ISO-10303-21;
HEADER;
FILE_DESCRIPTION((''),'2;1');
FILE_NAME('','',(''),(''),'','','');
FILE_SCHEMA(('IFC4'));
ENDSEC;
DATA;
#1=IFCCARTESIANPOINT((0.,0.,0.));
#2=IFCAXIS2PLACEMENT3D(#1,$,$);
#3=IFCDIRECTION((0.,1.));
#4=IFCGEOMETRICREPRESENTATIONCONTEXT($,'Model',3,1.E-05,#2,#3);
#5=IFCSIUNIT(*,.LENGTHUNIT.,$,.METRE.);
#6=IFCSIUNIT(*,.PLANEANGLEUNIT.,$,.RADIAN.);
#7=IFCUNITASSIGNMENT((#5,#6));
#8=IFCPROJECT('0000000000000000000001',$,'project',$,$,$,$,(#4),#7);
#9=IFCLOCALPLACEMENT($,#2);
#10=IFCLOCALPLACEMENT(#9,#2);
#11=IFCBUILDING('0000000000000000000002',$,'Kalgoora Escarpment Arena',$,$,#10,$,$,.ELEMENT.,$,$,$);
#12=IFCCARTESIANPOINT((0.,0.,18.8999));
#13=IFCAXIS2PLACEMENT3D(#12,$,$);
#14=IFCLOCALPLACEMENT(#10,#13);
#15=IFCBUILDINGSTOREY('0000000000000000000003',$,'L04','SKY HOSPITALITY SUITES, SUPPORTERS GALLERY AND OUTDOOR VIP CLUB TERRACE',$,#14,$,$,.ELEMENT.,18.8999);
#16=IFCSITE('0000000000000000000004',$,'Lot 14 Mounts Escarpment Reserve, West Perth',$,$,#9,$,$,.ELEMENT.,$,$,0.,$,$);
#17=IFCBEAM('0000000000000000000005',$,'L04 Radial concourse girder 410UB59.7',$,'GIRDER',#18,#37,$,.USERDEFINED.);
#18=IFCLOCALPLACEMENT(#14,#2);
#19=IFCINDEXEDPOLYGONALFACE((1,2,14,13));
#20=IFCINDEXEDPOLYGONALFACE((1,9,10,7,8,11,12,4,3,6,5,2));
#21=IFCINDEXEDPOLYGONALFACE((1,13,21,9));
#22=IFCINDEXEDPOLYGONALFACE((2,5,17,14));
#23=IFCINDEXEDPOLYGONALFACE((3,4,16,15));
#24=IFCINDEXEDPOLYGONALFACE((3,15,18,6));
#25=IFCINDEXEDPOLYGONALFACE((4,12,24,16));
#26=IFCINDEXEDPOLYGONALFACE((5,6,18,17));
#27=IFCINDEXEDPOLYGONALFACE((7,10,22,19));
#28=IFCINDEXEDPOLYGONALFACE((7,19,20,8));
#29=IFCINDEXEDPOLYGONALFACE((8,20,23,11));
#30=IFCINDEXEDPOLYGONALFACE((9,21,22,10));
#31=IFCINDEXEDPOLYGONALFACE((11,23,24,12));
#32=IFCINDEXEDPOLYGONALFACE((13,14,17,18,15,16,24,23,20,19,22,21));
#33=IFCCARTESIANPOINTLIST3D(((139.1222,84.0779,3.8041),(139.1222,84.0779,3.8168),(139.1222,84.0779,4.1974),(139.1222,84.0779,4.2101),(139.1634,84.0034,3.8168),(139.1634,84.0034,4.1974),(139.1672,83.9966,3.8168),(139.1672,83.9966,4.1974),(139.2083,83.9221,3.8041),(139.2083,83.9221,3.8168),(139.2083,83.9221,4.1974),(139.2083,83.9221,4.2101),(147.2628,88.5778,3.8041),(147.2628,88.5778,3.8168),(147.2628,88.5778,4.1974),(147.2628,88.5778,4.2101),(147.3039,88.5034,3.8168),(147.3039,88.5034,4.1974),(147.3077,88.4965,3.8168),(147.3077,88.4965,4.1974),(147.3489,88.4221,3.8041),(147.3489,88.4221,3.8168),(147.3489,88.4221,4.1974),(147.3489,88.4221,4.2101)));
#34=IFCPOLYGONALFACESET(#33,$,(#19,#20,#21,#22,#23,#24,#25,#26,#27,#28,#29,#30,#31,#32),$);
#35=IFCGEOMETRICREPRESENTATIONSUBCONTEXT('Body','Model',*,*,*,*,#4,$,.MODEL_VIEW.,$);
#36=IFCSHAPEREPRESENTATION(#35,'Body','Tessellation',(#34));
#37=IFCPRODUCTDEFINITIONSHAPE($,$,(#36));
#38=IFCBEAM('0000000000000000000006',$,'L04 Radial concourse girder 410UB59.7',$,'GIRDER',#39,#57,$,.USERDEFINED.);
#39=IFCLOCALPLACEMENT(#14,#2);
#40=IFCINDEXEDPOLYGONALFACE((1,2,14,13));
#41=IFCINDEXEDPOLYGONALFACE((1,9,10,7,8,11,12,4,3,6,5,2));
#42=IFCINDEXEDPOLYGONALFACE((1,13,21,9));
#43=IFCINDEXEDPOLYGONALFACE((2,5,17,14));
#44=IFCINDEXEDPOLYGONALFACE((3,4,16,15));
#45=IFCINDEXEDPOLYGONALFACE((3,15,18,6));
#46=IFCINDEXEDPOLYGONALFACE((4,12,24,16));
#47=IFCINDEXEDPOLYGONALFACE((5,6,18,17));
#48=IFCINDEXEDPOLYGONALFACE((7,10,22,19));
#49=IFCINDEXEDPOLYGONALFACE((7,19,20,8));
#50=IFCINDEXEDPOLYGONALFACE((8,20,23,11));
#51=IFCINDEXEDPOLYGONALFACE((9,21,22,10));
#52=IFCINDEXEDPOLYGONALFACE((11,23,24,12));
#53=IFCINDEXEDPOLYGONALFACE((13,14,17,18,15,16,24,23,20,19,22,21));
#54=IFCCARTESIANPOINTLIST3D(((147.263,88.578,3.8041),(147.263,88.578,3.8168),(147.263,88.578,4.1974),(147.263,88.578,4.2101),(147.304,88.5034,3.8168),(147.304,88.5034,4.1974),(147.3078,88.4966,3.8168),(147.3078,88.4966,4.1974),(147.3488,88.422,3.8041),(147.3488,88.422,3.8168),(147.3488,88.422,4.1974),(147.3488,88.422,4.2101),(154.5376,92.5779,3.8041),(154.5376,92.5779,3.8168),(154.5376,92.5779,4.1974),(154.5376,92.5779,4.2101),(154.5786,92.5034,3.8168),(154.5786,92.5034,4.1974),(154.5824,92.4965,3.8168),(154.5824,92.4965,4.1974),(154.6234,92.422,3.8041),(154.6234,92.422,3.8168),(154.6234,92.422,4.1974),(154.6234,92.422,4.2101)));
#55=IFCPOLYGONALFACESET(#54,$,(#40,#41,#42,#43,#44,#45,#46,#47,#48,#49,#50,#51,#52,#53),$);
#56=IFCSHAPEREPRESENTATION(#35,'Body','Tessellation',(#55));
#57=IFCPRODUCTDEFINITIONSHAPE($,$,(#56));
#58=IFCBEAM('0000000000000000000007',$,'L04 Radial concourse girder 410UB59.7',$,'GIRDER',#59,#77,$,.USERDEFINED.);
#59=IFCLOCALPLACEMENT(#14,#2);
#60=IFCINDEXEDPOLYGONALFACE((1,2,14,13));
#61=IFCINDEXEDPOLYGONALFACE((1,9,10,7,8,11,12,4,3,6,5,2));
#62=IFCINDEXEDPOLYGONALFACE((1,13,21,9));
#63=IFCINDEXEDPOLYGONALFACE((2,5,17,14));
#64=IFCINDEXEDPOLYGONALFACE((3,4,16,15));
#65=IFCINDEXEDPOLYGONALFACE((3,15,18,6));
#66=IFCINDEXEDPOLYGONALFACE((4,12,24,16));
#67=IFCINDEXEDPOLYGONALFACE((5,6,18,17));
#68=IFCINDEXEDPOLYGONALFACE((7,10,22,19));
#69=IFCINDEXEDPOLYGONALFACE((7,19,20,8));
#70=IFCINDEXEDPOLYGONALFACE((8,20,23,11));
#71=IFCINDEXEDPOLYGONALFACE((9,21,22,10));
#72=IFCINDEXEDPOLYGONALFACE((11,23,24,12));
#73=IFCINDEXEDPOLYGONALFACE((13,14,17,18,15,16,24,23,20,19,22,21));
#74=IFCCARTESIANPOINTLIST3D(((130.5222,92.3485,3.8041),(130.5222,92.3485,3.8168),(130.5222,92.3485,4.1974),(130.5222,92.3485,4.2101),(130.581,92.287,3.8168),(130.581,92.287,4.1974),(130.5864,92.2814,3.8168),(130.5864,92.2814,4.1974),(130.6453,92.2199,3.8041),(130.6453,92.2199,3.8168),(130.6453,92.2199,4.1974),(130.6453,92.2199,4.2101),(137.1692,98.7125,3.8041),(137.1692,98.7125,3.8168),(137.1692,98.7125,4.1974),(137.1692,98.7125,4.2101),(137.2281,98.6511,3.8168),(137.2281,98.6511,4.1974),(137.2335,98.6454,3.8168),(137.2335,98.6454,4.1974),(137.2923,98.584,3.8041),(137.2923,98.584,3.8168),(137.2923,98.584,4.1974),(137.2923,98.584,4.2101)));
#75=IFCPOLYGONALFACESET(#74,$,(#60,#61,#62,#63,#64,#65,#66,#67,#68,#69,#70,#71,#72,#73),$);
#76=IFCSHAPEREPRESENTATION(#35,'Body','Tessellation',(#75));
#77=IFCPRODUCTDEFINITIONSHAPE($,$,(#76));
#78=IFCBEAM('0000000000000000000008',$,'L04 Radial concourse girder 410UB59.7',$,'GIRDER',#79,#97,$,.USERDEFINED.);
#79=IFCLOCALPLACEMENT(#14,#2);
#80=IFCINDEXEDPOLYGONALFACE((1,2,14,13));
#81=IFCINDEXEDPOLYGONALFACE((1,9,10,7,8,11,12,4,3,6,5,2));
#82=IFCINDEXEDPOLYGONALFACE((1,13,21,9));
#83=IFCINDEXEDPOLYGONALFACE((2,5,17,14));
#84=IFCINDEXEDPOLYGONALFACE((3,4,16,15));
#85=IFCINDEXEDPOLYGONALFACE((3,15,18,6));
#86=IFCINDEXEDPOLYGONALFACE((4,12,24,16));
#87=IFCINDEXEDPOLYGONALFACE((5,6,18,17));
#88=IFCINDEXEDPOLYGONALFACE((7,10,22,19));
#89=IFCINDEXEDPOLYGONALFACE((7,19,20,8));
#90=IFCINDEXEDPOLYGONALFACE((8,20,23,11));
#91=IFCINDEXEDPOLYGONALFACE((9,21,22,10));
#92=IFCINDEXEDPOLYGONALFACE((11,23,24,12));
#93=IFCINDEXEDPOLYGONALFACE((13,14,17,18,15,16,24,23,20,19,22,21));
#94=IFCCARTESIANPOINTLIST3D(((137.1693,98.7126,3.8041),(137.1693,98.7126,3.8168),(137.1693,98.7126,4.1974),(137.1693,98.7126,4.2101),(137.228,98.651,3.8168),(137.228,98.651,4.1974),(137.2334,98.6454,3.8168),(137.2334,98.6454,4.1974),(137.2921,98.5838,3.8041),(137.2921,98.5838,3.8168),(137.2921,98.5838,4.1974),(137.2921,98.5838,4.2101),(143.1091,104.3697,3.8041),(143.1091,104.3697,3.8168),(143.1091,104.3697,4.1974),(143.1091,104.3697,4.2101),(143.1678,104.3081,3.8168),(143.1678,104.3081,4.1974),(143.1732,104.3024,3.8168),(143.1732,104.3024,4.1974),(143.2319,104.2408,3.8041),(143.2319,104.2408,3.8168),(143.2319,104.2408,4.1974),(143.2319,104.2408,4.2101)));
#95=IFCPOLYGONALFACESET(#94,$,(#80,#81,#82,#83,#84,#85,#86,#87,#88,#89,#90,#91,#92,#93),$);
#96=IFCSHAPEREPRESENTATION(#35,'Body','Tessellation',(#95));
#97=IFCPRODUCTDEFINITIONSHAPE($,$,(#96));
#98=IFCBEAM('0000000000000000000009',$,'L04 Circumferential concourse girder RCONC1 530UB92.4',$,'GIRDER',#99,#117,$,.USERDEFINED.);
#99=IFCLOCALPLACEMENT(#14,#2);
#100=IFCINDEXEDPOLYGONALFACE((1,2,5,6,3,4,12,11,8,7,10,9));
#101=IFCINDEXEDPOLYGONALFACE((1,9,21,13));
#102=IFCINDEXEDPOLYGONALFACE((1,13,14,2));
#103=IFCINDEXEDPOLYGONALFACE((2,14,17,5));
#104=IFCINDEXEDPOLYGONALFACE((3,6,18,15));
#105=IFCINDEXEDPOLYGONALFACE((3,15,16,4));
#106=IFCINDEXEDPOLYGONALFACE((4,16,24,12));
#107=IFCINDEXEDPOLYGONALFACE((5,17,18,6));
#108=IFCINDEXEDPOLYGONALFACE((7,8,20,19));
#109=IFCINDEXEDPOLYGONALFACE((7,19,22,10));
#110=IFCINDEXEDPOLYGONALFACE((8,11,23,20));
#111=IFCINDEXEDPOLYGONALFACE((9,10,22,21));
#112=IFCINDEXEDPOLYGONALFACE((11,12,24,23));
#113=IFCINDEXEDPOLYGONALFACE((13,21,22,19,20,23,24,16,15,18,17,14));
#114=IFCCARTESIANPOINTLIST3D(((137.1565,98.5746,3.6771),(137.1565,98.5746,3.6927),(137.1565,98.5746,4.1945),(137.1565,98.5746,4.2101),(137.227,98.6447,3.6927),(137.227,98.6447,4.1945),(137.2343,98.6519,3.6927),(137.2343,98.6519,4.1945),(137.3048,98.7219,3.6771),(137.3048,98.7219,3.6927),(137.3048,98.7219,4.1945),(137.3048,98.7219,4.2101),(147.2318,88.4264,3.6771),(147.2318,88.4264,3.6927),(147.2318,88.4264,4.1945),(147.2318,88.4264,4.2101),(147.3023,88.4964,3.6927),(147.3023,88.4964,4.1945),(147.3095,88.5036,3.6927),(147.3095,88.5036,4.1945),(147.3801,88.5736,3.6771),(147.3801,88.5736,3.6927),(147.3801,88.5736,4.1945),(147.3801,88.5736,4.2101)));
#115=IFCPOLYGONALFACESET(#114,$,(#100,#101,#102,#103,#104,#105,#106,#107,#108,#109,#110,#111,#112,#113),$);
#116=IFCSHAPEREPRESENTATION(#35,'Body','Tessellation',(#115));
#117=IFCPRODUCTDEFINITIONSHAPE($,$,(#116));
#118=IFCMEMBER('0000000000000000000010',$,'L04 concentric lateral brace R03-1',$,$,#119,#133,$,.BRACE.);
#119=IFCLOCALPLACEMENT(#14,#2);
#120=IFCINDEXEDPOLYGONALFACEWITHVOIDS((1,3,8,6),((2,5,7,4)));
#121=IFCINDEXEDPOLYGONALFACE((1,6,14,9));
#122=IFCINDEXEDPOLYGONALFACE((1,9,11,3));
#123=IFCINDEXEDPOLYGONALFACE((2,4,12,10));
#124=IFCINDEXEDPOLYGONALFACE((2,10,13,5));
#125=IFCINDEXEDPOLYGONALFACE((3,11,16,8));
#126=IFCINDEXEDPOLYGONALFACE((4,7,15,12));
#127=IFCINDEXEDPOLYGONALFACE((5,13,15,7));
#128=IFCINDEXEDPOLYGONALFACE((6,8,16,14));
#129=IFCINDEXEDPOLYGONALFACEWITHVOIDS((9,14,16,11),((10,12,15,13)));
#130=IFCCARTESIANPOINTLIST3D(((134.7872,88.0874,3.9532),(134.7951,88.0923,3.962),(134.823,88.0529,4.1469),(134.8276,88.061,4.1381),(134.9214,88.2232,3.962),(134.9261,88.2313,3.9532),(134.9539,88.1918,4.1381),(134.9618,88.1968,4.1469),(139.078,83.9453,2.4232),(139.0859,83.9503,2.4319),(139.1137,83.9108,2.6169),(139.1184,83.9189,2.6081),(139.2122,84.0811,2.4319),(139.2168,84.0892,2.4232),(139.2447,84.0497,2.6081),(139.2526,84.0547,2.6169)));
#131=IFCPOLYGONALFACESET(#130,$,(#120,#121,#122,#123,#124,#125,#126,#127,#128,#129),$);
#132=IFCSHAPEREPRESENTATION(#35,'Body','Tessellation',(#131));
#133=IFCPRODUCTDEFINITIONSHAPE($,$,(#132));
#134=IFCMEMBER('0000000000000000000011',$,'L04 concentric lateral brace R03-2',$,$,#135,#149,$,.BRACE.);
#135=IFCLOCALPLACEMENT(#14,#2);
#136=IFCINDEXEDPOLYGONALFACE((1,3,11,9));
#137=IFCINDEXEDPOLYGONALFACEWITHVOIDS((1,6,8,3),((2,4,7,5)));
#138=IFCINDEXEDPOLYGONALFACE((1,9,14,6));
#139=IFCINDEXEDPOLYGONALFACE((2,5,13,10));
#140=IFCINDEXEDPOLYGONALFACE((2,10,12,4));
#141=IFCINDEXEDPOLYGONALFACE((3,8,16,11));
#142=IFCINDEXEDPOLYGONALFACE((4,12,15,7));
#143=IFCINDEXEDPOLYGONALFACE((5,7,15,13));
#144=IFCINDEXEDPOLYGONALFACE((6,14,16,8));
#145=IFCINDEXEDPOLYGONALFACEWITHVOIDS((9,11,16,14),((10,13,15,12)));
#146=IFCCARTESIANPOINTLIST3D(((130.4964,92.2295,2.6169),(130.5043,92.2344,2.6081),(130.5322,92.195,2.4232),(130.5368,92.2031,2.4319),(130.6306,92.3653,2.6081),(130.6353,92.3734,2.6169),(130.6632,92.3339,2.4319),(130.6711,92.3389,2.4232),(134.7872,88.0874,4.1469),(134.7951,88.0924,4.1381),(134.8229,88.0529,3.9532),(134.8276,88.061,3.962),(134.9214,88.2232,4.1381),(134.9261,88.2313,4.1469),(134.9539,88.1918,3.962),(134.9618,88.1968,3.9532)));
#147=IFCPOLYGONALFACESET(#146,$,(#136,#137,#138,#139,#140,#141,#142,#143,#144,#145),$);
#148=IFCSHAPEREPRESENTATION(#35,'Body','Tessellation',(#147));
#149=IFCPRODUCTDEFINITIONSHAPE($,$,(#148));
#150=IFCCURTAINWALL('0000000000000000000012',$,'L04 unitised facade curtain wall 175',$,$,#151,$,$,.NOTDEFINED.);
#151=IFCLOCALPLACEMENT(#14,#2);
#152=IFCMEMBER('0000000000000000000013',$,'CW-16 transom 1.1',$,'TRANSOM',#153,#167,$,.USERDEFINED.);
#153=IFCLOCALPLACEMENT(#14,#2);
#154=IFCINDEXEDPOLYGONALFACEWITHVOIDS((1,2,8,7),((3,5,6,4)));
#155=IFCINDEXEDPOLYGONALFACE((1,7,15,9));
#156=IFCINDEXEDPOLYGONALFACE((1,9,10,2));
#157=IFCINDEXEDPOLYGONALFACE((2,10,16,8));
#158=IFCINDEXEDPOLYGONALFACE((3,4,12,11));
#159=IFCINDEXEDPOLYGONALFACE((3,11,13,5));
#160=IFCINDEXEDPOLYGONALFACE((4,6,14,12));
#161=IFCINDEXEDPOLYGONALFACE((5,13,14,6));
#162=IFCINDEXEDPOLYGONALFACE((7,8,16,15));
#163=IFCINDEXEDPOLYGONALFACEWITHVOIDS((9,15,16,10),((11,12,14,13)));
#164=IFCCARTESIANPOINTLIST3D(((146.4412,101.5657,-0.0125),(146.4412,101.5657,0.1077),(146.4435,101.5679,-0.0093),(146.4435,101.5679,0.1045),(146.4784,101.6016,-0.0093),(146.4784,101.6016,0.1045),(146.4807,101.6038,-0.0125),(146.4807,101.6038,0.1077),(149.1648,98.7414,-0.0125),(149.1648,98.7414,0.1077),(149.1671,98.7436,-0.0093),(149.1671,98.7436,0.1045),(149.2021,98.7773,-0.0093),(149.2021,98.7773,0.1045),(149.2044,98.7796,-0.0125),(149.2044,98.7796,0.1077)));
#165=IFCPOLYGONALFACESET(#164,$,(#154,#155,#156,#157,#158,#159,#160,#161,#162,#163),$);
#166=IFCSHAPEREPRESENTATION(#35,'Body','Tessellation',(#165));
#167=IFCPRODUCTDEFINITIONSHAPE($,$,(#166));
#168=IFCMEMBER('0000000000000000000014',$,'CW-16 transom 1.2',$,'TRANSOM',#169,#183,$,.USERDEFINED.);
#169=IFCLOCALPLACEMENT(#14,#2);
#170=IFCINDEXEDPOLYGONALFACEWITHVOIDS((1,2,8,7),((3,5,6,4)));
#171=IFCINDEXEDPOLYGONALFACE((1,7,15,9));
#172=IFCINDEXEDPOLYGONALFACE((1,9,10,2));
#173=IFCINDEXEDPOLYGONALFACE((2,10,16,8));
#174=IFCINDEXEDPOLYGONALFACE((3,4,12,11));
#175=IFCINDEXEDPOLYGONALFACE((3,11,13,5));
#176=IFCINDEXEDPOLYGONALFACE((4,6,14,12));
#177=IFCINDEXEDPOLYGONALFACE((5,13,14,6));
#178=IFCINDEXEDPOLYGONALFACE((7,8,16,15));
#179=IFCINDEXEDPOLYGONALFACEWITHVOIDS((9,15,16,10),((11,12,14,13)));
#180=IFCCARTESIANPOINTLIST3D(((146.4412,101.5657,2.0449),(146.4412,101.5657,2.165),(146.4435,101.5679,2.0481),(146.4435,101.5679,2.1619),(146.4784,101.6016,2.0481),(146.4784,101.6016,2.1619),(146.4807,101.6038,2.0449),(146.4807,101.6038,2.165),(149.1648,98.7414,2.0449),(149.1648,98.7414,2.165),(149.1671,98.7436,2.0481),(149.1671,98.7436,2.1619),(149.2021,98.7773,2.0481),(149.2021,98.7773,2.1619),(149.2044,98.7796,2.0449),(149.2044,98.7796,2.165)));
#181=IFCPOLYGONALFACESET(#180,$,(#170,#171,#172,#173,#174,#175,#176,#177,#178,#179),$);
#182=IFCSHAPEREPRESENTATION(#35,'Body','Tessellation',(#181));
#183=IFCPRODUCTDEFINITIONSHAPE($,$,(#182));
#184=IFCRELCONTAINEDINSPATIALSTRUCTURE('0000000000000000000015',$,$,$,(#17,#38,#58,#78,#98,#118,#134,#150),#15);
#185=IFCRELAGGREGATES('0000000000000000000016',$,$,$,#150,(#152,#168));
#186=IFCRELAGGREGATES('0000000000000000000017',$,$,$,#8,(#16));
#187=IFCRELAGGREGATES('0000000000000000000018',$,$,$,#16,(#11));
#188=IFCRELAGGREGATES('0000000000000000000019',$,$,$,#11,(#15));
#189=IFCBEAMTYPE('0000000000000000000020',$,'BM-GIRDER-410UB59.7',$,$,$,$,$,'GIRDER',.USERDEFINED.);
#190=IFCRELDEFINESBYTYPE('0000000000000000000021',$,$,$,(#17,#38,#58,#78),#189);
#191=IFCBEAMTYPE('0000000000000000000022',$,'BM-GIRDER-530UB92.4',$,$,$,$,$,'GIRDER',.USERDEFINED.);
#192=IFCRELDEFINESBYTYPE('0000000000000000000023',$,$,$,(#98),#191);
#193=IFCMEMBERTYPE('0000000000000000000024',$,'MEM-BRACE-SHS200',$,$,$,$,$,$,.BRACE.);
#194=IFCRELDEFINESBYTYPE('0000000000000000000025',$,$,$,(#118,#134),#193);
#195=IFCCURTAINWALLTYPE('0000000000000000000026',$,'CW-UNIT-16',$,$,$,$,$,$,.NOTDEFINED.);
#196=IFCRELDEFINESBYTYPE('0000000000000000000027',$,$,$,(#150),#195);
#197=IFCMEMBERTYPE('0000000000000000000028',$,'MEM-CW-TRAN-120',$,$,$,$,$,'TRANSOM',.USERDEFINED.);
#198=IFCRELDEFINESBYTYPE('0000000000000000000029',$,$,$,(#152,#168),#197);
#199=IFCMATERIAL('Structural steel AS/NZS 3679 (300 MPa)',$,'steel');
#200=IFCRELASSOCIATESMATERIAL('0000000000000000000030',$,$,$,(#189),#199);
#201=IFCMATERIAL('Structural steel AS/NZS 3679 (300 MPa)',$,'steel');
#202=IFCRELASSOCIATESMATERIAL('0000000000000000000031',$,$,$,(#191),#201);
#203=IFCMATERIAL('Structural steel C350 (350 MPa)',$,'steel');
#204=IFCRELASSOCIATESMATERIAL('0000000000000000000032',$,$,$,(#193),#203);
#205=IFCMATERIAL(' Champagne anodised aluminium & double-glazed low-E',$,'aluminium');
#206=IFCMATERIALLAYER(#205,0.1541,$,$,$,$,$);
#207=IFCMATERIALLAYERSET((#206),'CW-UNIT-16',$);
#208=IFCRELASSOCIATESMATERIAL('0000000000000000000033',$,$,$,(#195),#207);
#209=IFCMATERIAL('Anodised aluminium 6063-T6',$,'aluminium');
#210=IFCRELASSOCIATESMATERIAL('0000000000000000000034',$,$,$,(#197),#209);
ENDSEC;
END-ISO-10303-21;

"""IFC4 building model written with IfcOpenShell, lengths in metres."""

from ifc_helpers import new_model, si_unit, direction, frame, origin, origin_2d, place, context, subcontext, project, spatial, hollow_rectangle, i_section, extrude, material, layer, layer_set, material_profile, profile_set, type_object, element, aggregate, save


model = new_model("IFC4")

# Units and contexts
model_context = context("Model", 3, precision=1e-05, world=origin(), true_north=direction((0.0, 1.0)))
body_context = subcontext(model_context, "Body", "Model", "MODEL_VIEW")
ifc_project = project(units=[si_unit("LENGTHUNIT", "METRE"), si_unit("PLANEANGLEUNIT", "RADIAN")], contexts=[model_context])

# Site, building, storey
site_placement = place(None, origin())
site = spatial("IfcSite", under=ifc_project, at=site_placement, Name="Lot 14 Mounts Escarpment Reserve, West Perth", CompositionType="ELEMENT", RefElevation=0.0)
building_placement = place(site_placement, origin())
building = spatial("IfcBuilding", under=site, at=building_placement, Name="Kalgoora Escarpment Arena", CompositionType="ELEMENT")
storey_placement = place(building_placement, frame((0.0, 0.0, 18.8999)))
storey = spatial("IfcBuildingStorey", under=building, at=storey_placement, Name="L04", Description="SKY HOSPITALITY SUITES, SUPPORTERS GALLERY AND OUTDOOR VIP CLUB TERRACE", CompositionType="ELEMENT", Elevation=18.8999)

# Beams
ifc_material_1 = material(Name="Structural steel AS/NZS 3679 (300 MPa)", Category="steel")
ifc_material_profile_1 = material_profile(ifc_material_1, i_section(OverallWidth=0.178, OverallDepth=0.406, WebThickness=0.0078, FlangeThickness=0.0127, at=origin_2d()))
ifc_profile_set_1 = profile_set([ifc_material_profile_1], Name="Structural steel AS/NZS 3679 (300 MPa)")
beam_type_1 = type_object("IfcBeamType", Name="BM-GIRDER-410UB59.7", ElementType="GIRDER", PredefinedType="USERDEFINED", material=ifc_profile_set_1)
beam_1_placement = place(storey_placement, frame((139.1653, 84.0, 4.0071), z_axis=(0.875185, 0.483788, 0.0), x_axis=(-0.483788, 0.875185, 0.0)))
element("IfcBeam", 1, at=beam_1_placement, inside=storey, type_object=beam_type_1, Name="L04 Radial concourse girder 410UB59.7", ObjectType="GIRDER", PredefinedType="USERDEFINED", context=body_context, shape_type="SweptSolid", body=[
    extrude(i_section(OverallWidth=0.178, OverallDepth=0.406, WebThickness=0.0078, FlangeThickness=0.0127, at=origin_2d()), origin(), (0.0, 0.0, 1.0), 9.3015),
])
beam_2_placement = place(storey_placement, frame((147.3059, 88.5, 4.0071), z_axis=(0.87627, 0.481821, 0.0), x_axis=(-0.481821, 0.87627, 0.0)))
element("IfcBeam", 2, at=beam_2_placement, inside=storey, type_object=beam_type_1, Name="L04 Radial concourse girder 410UB59.7", ObjectType="GIRDER", PredefinedType="USERDEFINED", context=body_context, shape_type="SweptSolid", body=[
    extrude(i_section(OverallWidth=0.178, OverallDepth=0.406, WebThickness=0.0078, FlangeThickness=0.0127, at=origin_2d()), origin(), (0.0, 0.0, 1.0), 8.3018),
])
beam_3_placement = place(storey_placement, frame((130.5837, 92.2842, 4.0071), z_axis=(0.722314, 0.691565, 0.0), x_axis=(-0.691565, 0.722314, 0.0)))
element("IfcBeam", 3, at=beam_3_placement, inside=storey, type_object=beam_type_1, Name="L04 Radial concourse girder 410UB59.7", ObjectType="GIRDER", PredefinedType="USERDEFINED", context=body_context, shape_type="SweptSolid", body=[
    extrude(i_section(OverallWidth=0.178, OverallDepth=0.406, WebThickness=0.0078, FlangeThickness=0.0127, at=origin_2d()), origin(), (0.0, 0.0, 1.0), 9.2024),
])
beam_4_placement = place(storey_placement, frame((137.2307, 98.6482, 4.0071), z_axis=(0.72413, 0.689663, 0.0), x_axis=(-0.689663, 0.72413, 0.0)))
element("IfcBeam", 4, at=beam_4_placement, inside=storey, type_object=beam_type_1, Name="L04 Radial concourse girder 410UB59.7", ObjectType="GIRDER", PredefinedType="USERDEFINED", context=body_context, shape_type="SweptSolid", body=[
    extrude(i_section(OverallWidth=0.178, OverallDepth=0.406, WebThickness=0.0078, FlangeThickness=0.0127, at=origin_2d()), origin(), (0.0, 0.0, 1.0), 8.2026),
])
ifc_material_2 = material(Name="Structural steel AS/NZS 3679 (300 MPa)", Category="steel")
ifc_material_profile_2 = material_profile(ifc_material_2, i_section(OverallWidth=0.209, OverallDepth=0.533, WebThickness=0.0103, FlangeThickness=0.0156, at=origin_2d()))
ifc_profile_set_2 = profile_set([ifc_material_profile_2], Name="Structural steel AS/NZS 3679 (300 MPa)")
beam_type_2 = type_object("IfcBeamType", Name="BM-GIRDER-530UB92.4", ElementType="GIRDER", PredefinedType="USERDEFINED", material=ifc_profile_set_2)
beam_5_placement = place(storey_placement, frame((147.3059, 88.5, 3.9436), z_axis=(-0.70455, 0.709655, 0.0), x_axis=(-0.709655, -0.70455, 0.0)))
element("IfcBeam", 5, at=beam_5_placement, inside=storey, type_object=beam_type_2, Name="L04 Circumferential concourse girder RCONC1 530UB92.4", ObjectType="GIRDER", PredefinedType="USERDEFINED", context=body_context, shape_type="SweptSolid", body=[
    extrude(i_section(OverallWidth=0.209, OverallDepth=0.533, WebThickness=0.0103, FlangeThickness=0.0156, at=origin_2d()), origin(), (0.0, 0.0, 1.0), 14.3003),
])

# Members
ifc_material_3 = material(Name="Structural steel C350 (350 MPa)", Category="steel")
ifc_material_profile_3 = material_profile(ifc_material_3, hollow_rectangle(XDim=0.2, YDim=0.2, WallThickness=0.009, at=origin_2d()))
ifc_profile_set_3 = profile_set([ifc_material_profile_3], Name="Structural steel C350 (350 MPa)")
member_type_1 = type_object("IfcMemberType", Name="MEM-BRACE-SHS200", PredefinedType="BRACE", material=ifc_profile_set_3)
for number, where, z_axis, x_axis, name in (
    (6, (139.1653, 84.0, 2.52), (-0.696893, 0.672745, 0.248503), (-0.694532, -0.719462, 0.0), "L04 concentric lateral brace R03-1"),
    (7, (130.5837, 92.2842, 2.52), (0.696893, -0.672745, 0.248503), (0.694532, 0.719462, 0.0), "L04 concentric lateral brace R03-2"),
):
    element("IfcMember", number, at=place(storey_placement, frame(where, z_axis=z_axis, x_axis=x_axis)), inside=storey, type_object=member_type_1, Name=name, PredefinedType="BRACE", context=body_context, shape_type="SweptSolid", body=[
        extrude(hollow_rectangle(XDim=0.2, YDim=0.2, WallThickness=0.009, at=origin_2d()), origin(), (0.0, 0.0, 1.0), 6.157),
    ])

# Curtain wall, members
ifc_material_4 = material(Name=" Champagne anodised aluminium & double-glazed low-E", Category="aluminium")
ifc_layer_1 = layer(ifc_material_4, 0.1541)
ifc_layer_set_1 = layer_set([ifc_layer_1], Name="CW-UNIT-16")
curtain_wall_type = type_object("IfcCurtainWallType", Name="CW-UNIT-16", PredefinedType="NOTDEFINED", material=ifc_layer_set_1)
curtain_wall_placement = place(storey_placement, origin())
curtain_wall = element("IfcCurtainWall", 8, at=curtain_wall_placement, inside=storey, type_object=curtain_wall_type, Name="L04 unitised facade curtain wall 175", PredefinedType="NOTDEFINED")
ifc_material_5 = material(Name="Anodised aluminium 6063-T6", Category="aluminium")
ifc_material_profile_4 = material_profile(ifc_material_5, hollow_rectangle(XDim=0.0549, YDim=0.1201, WallThickness=0.0032, at=origin_2d()))
ifc_profile_set_4 = profile_set([ifc_material_profile_4], Name="Anodised aluminium 6063-T6")
member_type_2 = type_object("IfcMemberType", Name="MEM-CW-TRAN-120", ElementType="TRANSOM", PredefinedType="USERDEFINED", material=ifc_profile_set_4)
member_1_placement = place(storey_placement, frame((146.4609, 101.5847, 0.0476), z_axis=(0.694172, -0.719809, 0.0), x_axis=(0.719809, 0.694172, 0.0)))
member_1 = element("IfcMember", 9, at=member_1_placement, type_object=member_type_2, Name="CW-16 transom 1.1", ObjectType="TRANSOM", PredefinedType="USERDEFINED", context=body_context, shape_type="SweptSolid", body=[
    extrude(hollow_rectangle(XDim=0.0549, YDim=0.1201, WallThickness=0.0032, at=origin_2d()), origin(), (0.0, 0.0, 1.0), 3.9236),
])
member_2_placement = place(storey_placement, frame((146.4609, 101.5847, 2.105), z_axis=(0.694172, -0.719809, 0.0), x_axis=(0.719809, 0.694172, 0.0)))
member_2 = element("IfcMember", 10, at=member_2_placement, type_object=member_type_2, Name="CW-16 transom 1.2", ObjectType="TRANSOM", PredefinedType="USERDEFINED", context=body_context, shape_type="SweptSolid", body=[
    extrude(hollow_rectangle(XDim=0.0549, YDim=0.1201, WallThickness=0.0032, at=origin_2d()), origin(), (0.0, 0.0, 1.0), 3.9236),
])

aggregate(curtain_wall, [member_1, member_2])

save(model, "model.ifc")
